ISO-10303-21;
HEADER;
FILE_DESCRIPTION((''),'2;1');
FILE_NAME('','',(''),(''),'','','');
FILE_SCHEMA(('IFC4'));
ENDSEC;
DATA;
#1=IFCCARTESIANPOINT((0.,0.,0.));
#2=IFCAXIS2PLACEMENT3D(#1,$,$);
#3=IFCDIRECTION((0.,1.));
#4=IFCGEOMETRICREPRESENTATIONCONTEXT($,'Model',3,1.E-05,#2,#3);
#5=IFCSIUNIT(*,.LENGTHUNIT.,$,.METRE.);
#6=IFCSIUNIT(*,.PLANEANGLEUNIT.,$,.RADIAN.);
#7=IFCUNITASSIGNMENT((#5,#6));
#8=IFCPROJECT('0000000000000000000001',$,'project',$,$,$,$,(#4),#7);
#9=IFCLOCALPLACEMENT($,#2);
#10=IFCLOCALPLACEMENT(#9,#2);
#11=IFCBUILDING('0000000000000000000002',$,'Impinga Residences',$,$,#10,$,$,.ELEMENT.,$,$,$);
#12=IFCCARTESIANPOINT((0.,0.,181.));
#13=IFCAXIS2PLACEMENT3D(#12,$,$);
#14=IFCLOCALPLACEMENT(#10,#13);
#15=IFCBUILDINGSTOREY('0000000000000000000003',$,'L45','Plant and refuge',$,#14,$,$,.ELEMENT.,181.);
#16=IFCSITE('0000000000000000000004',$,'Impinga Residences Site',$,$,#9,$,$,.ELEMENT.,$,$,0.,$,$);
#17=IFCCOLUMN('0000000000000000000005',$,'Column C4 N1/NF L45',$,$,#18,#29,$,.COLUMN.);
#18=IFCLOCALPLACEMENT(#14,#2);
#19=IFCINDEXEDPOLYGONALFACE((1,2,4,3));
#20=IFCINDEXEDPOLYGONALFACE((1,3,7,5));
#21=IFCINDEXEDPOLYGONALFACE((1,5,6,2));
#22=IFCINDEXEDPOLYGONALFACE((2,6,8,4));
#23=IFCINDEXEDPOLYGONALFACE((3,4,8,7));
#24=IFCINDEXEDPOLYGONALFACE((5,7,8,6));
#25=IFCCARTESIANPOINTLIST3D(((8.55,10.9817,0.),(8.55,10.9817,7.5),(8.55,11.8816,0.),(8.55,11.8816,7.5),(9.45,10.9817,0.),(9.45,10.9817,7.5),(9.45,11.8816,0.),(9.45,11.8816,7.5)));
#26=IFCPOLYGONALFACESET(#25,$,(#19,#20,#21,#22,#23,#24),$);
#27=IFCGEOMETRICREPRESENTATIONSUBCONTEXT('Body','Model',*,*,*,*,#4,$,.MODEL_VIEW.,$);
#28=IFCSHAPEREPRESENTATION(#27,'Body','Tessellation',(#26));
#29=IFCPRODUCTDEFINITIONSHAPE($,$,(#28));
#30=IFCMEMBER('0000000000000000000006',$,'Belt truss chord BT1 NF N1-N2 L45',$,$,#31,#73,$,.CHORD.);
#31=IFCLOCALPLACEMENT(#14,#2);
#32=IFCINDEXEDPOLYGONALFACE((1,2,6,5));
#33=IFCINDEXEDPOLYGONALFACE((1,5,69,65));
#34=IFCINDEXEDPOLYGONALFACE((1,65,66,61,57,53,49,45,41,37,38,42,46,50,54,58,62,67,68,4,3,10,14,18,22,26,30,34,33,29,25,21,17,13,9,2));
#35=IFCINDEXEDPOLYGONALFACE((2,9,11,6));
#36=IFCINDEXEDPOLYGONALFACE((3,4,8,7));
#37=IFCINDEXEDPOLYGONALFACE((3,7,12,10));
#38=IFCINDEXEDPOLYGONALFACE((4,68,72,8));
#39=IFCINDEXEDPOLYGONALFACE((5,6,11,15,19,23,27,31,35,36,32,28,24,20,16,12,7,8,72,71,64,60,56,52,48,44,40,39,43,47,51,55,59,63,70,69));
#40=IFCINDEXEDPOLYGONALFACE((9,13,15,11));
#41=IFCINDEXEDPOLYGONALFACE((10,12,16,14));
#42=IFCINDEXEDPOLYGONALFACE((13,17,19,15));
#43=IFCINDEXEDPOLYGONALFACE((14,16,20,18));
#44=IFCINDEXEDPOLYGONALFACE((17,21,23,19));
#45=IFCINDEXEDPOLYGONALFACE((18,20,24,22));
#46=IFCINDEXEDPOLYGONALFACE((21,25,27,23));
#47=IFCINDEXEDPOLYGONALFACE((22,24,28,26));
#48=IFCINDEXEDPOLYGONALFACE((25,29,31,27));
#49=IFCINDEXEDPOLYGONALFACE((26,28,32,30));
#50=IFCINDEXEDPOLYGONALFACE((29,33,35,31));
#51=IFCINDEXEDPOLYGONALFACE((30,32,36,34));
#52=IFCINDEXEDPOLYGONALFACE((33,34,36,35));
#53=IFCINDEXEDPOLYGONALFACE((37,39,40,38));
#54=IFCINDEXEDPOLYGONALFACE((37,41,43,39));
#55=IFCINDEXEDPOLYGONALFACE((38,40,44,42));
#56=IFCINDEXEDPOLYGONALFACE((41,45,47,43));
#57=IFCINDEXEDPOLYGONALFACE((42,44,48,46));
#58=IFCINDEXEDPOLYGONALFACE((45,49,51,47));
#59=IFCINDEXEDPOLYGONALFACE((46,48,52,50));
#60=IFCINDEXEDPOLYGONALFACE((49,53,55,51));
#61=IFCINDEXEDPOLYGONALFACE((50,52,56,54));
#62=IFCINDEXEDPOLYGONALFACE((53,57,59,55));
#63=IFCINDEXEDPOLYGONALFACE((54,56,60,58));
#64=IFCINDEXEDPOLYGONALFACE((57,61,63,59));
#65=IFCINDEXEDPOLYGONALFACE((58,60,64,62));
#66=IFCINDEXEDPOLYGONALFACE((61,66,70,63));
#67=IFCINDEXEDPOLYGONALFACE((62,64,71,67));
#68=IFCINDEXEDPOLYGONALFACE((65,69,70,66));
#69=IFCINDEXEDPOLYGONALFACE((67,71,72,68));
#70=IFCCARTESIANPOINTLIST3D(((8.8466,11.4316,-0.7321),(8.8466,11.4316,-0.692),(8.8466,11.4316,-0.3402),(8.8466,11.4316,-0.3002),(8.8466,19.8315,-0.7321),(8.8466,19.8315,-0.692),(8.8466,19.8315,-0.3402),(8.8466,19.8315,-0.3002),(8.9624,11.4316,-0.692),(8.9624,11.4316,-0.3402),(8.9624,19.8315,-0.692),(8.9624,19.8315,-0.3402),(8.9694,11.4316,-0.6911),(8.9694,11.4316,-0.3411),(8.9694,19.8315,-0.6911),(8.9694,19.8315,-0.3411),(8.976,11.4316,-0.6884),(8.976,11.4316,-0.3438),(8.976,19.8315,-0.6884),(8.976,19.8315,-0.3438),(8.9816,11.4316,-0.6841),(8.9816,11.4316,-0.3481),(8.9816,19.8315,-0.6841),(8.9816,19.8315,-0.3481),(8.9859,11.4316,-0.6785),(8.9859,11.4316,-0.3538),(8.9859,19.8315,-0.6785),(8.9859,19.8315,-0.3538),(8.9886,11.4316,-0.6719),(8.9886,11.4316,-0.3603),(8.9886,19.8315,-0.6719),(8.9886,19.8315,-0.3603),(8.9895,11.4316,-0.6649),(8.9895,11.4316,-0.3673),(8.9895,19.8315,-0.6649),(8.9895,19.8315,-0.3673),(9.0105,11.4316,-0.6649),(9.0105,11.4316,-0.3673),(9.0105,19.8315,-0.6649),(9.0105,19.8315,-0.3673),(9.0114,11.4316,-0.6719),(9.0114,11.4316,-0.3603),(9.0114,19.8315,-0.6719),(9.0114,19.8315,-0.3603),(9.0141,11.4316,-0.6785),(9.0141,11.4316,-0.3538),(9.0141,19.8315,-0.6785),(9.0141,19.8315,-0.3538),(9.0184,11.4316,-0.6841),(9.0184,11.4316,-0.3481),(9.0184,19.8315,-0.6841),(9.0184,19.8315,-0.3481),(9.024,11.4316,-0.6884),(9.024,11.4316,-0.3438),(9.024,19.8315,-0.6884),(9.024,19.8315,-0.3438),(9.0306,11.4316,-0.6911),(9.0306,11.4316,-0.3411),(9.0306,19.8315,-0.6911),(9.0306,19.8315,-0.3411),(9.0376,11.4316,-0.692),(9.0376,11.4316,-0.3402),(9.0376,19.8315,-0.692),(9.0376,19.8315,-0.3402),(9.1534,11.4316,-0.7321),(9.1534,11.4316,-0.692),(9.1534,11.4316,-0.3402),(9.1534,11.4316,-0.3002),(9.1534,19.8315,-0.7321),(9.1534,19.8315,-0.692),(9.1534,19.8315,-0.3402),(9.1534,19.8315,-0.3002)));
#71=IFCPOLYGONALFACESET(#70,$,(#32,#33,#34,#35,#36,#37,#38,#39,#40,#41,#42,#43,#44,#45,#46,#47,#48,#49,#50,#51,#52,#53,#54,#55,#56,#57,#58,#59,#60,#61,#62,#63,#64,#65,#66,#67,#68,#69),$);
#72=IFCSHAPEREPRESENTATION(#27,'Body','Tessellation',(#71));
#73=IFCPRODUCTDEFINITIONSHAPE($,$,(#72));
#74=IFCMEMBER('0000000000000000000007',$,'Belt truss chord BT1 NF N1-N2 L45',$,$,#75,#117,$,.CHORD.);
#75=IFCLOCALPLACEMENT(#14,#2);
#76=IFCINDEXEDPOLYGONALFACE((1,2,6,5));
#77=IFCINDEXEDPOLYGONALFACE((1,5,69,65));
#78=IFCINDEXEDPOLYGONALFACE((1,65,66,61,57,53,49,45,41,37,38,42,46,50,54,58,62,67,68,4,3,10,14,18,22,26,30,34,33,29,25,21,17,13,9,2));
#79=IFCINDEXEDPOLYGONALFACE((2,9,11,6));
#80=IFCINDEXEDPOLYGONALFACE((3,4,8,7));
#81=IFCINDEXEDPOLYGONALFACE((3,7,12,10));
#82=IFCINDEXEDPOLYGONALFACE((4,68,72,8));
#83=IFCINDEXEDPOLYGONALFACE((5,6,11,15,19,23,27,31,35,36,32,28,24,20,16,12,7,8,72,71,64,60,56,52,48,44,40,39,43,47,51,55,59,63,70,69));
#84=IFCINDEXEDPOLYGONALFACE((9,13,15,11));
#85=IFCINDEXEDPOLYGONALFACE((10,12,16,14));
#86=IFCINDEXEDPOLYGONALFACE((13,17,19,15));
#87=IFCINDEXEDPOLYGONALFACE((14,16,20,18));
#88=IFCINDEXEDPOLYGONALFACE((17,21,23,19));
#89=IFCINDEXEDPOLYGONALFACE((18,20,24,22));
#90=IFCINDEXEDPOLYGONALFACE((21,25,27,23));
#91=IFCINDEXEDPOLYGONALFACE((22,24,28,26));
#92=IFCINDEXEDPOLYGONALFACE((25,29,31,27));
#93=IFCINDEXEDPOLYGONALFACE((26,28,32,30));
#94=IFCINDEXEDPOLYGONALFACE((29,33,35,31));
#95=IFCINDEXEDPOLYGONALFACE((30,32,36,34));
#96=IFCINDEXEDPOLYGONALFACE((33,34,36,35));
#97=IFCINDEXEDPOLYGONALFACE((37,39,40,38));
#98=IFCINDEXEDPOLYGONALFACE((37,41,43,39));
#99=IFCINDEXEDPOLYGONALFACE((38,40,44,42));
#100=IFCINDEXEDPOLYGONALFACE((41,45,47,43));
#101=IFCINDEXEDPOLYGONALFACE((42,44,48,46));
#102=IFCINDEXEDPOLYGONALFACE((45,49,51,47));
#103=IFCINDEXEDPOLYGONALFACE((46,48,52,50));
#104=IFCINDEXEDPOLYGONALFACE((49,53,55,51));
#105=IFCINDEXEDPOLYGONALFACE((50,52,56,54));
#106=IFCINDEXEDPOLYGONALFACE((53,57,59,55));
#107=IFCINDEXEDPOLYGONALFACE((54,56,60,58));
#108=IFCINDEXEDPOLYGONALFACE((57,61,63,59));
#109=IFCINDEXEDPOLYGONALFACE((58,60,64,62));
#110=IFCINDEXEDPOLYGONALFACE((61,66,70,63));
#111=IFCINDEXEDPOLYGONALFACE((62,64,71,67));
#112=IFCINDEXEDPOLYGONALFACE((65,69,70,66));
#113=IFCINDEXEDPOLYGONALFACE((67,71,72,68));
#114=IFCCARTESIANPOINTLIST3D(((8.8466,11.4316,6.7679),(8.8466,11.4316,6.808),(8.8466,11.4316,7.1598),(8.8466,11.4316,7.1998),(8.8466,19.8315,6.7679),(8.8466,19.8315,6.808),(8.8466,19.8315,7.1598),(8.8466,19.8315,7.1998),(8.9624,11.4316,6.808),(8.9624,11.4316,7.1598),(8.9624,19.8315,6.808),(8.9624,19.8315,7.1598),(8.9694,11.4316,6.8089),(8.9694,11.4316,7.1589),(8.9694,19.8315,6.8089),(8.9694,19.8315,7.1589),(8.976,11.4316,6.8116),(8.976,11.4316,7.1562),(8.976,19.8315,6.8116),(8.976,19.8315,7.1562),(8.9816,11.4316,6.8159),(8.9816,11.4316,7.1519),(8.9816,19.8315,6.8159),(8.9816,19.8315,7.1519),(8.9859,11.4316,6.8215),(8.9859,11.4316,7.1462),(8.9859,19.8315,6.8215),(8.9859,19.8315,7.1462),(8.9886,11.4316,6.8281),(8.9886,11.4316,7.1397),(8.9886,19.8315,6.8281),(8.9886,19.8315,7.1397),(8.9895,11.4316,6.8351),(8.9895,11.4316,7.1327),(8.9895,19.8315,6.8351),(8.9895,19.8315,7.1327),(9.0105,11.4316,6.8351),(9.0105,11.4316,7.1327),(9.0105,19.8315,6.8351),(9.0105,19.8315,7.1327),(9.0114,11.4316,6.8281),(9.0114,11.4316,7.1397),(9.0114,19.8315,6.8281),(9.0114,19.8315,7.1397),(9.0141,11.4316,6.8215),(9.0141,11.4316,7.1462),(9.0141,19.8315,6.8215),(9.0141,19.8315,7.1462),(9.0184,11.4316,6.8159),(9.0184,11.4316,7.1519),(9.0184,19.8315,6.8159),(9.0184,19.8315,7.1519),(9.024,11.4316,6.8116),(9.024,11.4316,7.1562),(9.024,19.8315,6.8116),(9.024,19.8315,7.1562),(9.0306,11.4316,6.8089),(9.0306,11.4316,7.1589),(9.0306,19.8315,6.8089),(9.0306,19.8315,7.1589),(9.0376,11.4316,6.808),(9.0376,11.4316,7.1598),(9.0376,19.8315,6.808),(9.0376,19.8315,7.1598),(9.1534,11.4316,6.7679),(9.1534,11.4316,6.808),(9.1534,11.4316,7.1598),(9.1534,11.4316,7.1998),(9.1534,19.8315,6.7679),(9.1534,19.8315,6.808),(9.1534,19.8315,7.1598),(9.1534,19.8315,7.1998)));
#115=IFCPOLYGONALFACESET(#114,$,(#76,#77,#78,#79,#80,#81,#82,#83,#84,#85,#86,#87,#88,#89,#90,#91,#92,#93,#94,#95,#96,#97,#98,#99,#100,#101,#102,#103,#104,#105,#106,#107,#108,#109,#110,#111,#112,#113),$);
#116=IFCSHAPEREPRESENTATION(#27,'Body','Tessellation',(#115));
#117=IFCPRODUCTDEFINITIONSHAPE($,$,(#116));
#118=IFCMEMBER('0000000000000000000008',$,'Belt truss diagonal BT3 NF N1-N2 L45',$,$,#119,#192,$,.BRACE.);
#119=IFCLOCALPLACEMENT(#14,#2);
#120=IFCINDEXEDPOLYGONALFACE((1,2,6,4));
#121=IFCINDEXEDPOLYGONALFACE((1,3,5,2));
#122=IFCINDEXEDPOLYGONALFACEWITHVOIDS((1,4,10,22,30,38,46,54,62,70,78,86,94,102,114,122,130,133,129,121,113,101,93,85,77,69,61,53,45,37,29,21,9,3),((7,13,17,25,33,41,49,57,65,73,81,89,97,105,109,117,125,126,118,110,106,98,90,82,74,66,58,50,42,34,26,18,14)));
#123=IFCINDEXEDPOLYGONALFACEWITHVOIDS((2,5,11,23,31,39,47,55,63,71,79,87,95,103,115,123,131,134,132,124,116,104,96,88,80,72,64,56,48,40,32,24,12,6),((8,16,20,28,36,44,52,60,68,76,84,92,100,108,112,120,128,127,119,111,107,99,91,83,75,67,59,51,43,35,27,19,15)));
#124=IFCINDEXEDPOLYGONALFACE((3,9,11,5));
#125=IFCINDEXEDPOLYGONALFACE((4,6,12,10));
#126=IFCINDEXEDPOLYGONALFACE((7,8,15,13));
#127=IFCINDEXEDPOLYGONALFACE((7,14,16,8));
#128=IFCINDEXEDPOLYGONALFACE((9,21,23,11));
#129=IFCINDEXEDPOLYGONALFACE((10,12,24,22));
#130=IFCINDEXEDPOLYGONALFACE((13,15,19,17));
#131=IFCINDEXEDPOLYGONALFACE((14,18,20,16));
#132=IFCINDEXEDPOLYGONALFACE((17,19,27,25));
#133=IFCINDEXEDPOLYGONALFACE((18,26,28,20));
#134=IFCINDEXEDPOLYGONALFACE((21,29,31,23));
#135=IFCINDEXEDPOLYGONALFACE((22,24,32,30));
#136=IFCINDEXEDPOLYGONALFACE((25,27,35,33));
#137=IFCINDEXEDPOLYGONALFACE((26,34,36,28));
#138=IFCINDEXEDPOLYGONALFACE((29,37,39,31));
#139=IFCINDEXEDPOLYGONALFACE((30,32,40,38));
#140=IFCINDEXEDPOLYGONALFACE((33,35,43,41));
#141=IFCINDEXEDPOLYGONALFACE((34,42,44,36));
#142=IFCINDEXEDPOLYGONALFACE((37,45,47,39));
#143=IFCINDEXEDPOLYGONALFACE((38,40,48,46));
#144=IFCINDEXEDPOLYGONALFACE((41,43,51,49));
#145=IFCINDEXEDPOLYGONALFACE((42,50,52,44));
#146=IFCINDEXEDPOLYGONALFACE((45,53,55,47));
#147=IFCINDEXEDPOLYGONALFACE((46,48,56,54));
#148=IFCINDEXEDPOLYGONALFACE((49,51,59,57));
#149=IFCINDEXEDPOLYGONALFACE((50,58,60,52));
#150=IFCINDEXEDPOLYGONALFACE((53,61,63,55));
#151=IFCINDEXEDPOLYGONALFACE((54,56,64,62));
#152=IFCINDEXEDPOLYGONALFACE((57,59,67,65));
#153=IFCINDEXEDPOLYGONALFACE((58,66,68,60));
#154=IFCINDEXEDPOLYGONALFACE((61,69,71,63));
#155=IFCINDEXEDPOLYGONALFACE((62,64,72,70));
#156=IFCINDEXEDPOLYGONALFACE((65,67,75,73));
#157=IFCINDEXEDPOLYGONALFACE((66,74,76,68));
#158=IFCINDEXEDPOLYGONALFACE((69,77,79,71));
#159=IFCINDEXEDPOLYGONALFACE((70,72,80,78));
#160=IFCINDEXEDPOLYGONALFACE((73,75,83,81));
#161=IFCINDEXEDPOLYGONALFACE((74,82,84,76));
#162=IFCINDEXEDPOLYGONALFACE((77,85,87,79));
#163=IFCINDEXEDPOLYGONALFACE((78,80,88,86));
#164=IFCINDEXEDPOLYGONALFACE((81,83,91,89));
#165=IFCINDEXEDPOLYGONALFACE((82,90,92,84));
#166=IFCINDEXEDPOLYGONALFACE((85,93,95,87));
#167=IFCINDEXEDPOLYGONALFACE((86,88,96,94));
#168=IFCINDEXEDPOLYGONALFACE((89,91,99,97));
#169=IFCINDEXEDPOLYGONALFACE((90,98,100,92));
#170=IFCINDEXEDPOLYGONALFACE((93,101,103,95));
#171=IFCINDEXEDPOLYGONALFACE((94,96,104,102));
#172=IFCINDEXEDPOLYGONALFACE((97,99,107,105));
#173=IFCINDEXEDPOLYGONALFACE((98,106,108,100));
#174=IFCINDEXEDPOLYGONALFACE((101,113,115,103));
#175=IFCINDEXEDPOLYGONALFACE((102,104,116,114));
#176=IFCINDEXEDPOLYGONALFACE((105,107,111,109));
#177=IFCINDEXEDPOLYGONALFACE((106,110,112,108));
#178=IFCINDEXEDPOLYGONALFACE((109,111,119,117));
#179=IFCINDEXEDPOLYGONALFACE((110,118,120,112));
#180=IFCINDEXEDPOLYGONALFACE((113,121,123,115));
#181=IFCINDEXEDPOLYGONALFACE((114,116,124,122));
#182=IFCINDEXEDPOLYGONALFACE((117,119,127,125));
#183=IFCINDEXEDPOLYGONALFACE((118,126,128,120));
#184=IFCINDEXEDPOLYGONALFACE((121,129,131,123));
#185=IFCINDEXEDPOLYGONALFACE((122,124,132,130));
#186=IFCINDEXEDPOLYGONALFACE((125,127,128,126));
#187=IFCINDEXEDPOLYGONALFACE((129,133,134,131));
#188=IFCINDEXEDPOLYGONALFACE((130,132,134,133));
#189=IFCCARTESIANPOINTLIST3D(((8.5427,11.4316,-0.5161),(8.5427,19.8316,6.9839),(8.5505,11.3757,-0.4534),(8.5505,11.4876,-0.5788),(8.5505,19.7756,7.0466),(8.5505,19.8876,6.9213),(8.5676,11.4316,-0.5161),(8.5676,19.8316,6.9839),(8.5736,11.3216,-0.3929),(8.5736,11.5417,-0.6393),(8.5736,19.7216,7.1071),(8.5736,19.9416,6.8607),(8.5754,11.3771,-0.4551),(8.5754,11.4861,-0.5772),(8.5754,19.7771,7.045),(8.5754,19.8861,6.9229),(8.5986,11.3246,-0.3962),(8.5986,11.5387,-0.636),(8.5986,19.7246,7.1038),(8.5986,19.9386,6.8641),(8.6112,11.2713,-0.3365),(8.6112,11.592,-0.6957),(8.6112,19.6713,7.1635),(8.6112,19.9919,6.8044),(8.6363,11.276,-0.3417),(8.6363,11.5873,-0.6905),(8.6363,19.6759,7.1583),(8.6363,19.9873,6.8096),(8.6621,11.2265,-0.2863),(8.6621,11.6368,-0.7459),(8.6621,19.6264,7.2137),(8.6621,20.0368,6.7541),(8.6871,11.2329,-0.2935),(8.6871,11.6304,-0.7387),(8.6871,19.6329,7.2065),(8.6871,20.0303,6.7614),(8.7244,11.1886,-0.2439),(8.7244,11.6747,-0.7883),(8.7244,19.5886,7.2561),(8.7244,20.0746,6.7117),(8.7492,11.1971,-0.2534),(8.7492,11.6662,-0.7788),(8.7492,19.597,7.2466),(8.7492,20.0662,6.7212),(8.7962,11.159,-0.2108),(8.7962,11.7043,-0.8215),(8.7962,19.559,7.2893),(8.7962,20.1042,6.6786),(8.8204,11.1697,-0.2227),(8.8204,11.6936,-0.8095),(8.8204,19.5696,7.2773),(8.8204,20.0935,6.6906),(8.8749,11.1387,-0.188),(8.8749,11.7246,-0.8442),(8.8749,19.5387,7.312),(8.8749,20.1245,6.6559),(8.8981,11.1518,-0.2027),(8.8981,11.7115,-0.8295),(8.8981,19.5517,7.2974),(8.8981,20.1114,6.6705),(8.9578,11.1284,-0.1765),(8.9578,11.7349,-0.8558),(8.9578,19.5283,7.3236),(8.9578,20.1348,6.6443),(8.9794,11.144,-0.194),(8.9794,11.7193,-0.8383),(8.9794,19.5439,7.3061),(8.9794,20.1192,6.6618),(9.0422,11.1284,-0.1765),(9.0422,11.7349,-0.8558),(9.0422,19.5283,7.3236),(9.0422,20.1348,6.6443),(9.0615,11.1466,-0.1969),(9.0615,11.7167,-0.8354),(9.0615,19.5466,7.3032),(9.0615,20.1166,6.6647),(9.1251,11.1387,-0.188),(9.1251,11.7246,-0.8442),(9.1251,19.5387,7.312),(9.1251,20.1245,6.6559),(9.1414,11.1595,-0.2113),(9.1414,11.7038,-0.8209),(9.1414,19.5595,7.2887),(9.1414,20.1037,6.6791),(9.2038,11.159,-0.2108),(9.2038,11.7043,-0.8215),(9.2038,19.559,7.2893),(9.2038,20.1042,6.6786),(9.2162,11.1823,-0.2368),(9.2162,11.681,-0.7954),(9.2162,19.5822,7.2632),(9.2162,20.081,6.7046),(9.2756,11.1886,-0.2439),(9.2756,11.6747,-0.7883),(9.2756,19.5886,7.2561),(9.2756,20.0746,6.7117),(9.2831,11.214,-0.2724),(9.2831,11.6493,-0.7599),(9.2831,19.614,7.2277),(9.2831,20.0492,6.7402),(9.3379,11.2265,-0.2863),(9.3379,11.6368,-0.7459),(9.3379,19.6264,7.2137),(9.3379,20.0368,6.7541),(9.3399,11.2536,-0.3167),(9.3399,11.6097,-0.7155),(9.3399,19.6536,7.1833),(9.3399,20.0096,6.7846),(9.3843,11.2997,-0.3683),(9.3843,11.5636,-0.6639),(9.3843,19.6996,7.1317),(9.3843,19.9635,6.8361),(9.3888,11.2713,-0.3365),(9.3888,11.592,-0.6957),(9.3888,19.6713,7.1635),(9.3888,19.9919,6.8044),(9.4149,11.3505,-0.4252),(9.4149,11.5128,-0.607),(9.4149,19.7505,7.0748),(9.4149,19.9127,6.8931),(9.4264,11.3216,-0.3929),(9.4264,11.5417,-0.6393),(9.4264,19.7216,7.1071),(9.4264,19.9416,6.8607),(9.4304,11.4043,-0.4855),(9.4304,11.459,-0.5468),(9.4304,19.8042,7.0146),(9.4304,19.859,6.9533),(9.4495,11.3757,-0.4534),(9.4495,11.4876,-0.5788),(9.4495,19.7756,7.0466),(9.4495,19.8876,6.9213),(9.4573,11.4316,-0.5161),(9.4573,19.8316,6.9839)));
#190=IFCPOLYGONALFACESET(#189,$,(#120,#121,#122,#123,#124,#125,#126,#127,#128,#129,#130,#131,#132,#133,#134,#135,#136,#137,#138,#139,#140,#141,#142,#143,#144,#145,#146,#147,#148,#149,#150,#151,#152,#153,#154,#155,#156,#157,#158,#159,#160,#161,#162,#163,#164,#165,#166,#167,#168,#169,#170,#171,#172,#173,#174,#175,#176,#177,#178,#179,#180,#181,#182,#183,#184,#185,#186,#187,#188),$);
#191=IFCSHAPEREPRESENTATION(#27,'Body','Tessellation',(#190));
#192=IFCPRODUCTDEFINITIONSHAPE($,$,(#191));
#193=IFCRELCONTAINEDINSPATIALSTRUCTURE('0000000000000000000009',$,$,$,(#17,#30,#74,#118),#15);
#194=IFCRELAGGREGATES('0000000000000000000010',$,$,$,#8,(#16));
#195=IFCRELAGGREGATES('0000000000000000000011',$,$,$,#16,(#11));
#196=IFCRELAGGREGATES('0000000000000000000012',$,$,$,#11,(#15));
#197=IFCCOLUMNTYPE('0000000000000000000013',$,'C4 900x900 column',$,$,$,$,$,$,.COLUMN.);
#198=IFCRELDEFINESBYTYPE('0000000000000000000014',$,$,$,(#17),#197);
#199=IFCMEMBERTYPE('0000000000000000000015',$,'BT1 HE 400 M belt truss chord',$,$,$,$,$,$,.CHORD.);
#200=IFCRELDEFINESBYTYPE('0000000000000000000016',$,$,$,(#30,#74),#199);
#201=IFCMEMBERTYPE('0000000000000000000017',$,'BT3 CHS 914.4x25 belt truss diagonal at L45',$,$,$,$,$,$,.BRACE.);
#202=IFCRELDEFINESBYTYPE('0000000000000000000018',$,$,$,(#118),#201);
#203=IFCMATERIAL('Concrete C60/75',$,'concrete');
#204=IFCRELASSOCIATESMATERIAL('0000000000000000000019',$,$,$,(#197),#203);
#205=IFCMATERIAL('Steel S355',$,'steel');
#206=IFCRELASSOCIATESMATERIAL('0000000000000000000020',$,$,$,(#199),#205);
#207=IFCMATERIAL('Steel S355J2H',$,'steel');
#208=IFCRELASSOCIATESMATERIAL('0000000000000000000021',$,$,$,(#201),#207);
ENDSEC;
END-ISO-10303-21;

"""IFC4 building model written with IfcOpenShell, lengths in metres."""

from ifc_helpers import new_model, si_unit, direction, frame, origin, origin_2d, place, context, subcontext, project, spatial, rectangle, hollow_circle, i_section, extrude, material, material_profile, profile_set, type_object, element, save


model = new_model("IFC4")

# Units and contexts
model_context = context("Model", 3, precision=1e-05, world=origin(), true_north=direction((0.0, 1.0)))
body_context = subcontext(model_context, "Body", "Model", "MODEL_VIEW")
ifc_project = project(units=[si_unit("LENGTHUNIT", "METRE"), si_unit("PLANEANGLEUNIT", "RADIAN")], contexts=[model_context])

# Site, building, storey
site_placement = place(None, origin())
site = spatial("IfcSite", under=ifc_project, at=site_placement, Name="Impinga Residences Site", CompositionType="ELEMENT", RefElevation=0.0)
building_placement = place(site_placement, origin())
building = spatial("IfcBuilding", under=site, at=building_placement, Name="Impinga Residences", CompositionType="ELEMENT")
storey_placement = place(building_placement, frame((0.0, 0.0, 181.0)))
storey = spatial("IfcBuildingStorey", under=building, at=storey_placement, Name="L45", Description="Plant and refuge", CompositionType="ELEMENT", Elevation=181.0)

# Column
ifc_material_1 = material(Name="Concrete C60/75", Category="concrete")
ifc_material_profile_1 = material_profile(ifc_material_1, rectangle(XDim=0.8999, YDim=0.8999, at=origin_2d()), Name="RC 900x900")
ifc_profile_set_1 = profile_set([ifc_material_profile_1], Name="Concrete C60/75")
column_type = type_object("IfcColumnType", Name="C4 900x900 column", PredefinedType="COLUMN", material=ifc_profile_set_1)
column_placement = place(storey_placement, frame((9.0, 11.4316, 0.0), z_axis=(0.0, 0.0, 1.0), x_axis=(1.0, 0.0, 0.0)))
element("IfcColumn", 1, at=column_placement, inside=storey, type_object=column_type, Name="Column C4 N1/NF L45", PredefinedType="COLUMN", context=body_context, shape_type="SweptSolid", body=[
    extrude(rectangle(XDim=0.8999, YDim=0.8999, at=origin_2d()), origin(), (0.0, 0.0, 1.0), 7.5),
])

# Members
ifc_material_2 = material(Name="Steel S355", Category="steel")
ifc_material_profile_2 = material_profile(ifc_material_2, i_section(OverallWidth=0.3069, OverallDepth=0.4319, WebThickness=0.021, FlangeThickness=0.04, FilletRadius=0.0271, at=origin_2d()), Name="HE 400 M")
ifc_profile_set_2 = profile_set([ifc_material_profile_2], Name="Steel S355")
member_type_1 = type_object("IfcMemberType", Name="BT1 HE 400 M belt truss chord", PredefinedType="CHORD", material=ifc_profile_set_2)
for number, where, z_axis, x_axis, name in (
    (2, (9.0, 11.4316, -0.5161), (0.0, 1.0, 0.0), (-1.0, 0.0, 0.0), "Belt truss chord BT1 NF N1-N2 L45"),
    (3, (9.0, 11.4316, 6.9839), (0.0, 1.0, 0.0), (-1.0, 0.0, 0.0), "Belt truss chord BT1 NF N1-N2 L45"),
):
    element("IfcMember", number, at=place(storey_placement, frame(where, z_axis=z_axis, x_axis=x_axis)), inside=storey, type_object=member_type_1, Name=name, PredefinedType="CHORD", context=body_context, shape_type="SweptSolid", body=[
        extrude(i_section(OverallWidth=0.3069, OverallDepth=0.4319, WebThickness=0.021, FlangeThickness=0.04, FilletRadius=0.0271, at=origin_2d()), origin(), (0.0, 0.0, 1.0), 8.3999),
    ])
ifc_material_3 = material(Name="Steel S355J2H", Category="steel")
ifc_material_profile_3 = material_profile(ifc_material_3, hollow_circle(Radius=0.4573, WallThickness=0.0249, at=origin_2d()), Name="CHS 914.4x25")
ifc_profile_set_3 = profile_set([ifc_material_profile_3], Name="Steel S355J2H")
member_type_2 = type_object("IfcMemberType", Name="BT3 CHS 914.4x25 belt truss diagonal at L45", PredefinedType="BRACE", material=ifc_profile_set_3)
member_1_placement = place(storey_placement, frame((9.0, 11.4316, -0.5161), z_axis=(0.0, 0.745934, 0.66602), x_axis=(-1.0, 0.0, 0.0)))
element("IfcMember", 4, at=member_1_placement, inside=storey, type_object=member_type_2, Name="Belt truss diagonal BT3 NF N1-N2 L45", PredefinedType="BRACE", context=body_context, shape_type="SweptSolid", body=[
    extrude(hollow_circle(Radius=0.4573, WallThickness=0.0249, at=origin_2d()), origin(), (0.0, 0.0, 1.0), 11.261),
])

save(model, "model.ifc")
